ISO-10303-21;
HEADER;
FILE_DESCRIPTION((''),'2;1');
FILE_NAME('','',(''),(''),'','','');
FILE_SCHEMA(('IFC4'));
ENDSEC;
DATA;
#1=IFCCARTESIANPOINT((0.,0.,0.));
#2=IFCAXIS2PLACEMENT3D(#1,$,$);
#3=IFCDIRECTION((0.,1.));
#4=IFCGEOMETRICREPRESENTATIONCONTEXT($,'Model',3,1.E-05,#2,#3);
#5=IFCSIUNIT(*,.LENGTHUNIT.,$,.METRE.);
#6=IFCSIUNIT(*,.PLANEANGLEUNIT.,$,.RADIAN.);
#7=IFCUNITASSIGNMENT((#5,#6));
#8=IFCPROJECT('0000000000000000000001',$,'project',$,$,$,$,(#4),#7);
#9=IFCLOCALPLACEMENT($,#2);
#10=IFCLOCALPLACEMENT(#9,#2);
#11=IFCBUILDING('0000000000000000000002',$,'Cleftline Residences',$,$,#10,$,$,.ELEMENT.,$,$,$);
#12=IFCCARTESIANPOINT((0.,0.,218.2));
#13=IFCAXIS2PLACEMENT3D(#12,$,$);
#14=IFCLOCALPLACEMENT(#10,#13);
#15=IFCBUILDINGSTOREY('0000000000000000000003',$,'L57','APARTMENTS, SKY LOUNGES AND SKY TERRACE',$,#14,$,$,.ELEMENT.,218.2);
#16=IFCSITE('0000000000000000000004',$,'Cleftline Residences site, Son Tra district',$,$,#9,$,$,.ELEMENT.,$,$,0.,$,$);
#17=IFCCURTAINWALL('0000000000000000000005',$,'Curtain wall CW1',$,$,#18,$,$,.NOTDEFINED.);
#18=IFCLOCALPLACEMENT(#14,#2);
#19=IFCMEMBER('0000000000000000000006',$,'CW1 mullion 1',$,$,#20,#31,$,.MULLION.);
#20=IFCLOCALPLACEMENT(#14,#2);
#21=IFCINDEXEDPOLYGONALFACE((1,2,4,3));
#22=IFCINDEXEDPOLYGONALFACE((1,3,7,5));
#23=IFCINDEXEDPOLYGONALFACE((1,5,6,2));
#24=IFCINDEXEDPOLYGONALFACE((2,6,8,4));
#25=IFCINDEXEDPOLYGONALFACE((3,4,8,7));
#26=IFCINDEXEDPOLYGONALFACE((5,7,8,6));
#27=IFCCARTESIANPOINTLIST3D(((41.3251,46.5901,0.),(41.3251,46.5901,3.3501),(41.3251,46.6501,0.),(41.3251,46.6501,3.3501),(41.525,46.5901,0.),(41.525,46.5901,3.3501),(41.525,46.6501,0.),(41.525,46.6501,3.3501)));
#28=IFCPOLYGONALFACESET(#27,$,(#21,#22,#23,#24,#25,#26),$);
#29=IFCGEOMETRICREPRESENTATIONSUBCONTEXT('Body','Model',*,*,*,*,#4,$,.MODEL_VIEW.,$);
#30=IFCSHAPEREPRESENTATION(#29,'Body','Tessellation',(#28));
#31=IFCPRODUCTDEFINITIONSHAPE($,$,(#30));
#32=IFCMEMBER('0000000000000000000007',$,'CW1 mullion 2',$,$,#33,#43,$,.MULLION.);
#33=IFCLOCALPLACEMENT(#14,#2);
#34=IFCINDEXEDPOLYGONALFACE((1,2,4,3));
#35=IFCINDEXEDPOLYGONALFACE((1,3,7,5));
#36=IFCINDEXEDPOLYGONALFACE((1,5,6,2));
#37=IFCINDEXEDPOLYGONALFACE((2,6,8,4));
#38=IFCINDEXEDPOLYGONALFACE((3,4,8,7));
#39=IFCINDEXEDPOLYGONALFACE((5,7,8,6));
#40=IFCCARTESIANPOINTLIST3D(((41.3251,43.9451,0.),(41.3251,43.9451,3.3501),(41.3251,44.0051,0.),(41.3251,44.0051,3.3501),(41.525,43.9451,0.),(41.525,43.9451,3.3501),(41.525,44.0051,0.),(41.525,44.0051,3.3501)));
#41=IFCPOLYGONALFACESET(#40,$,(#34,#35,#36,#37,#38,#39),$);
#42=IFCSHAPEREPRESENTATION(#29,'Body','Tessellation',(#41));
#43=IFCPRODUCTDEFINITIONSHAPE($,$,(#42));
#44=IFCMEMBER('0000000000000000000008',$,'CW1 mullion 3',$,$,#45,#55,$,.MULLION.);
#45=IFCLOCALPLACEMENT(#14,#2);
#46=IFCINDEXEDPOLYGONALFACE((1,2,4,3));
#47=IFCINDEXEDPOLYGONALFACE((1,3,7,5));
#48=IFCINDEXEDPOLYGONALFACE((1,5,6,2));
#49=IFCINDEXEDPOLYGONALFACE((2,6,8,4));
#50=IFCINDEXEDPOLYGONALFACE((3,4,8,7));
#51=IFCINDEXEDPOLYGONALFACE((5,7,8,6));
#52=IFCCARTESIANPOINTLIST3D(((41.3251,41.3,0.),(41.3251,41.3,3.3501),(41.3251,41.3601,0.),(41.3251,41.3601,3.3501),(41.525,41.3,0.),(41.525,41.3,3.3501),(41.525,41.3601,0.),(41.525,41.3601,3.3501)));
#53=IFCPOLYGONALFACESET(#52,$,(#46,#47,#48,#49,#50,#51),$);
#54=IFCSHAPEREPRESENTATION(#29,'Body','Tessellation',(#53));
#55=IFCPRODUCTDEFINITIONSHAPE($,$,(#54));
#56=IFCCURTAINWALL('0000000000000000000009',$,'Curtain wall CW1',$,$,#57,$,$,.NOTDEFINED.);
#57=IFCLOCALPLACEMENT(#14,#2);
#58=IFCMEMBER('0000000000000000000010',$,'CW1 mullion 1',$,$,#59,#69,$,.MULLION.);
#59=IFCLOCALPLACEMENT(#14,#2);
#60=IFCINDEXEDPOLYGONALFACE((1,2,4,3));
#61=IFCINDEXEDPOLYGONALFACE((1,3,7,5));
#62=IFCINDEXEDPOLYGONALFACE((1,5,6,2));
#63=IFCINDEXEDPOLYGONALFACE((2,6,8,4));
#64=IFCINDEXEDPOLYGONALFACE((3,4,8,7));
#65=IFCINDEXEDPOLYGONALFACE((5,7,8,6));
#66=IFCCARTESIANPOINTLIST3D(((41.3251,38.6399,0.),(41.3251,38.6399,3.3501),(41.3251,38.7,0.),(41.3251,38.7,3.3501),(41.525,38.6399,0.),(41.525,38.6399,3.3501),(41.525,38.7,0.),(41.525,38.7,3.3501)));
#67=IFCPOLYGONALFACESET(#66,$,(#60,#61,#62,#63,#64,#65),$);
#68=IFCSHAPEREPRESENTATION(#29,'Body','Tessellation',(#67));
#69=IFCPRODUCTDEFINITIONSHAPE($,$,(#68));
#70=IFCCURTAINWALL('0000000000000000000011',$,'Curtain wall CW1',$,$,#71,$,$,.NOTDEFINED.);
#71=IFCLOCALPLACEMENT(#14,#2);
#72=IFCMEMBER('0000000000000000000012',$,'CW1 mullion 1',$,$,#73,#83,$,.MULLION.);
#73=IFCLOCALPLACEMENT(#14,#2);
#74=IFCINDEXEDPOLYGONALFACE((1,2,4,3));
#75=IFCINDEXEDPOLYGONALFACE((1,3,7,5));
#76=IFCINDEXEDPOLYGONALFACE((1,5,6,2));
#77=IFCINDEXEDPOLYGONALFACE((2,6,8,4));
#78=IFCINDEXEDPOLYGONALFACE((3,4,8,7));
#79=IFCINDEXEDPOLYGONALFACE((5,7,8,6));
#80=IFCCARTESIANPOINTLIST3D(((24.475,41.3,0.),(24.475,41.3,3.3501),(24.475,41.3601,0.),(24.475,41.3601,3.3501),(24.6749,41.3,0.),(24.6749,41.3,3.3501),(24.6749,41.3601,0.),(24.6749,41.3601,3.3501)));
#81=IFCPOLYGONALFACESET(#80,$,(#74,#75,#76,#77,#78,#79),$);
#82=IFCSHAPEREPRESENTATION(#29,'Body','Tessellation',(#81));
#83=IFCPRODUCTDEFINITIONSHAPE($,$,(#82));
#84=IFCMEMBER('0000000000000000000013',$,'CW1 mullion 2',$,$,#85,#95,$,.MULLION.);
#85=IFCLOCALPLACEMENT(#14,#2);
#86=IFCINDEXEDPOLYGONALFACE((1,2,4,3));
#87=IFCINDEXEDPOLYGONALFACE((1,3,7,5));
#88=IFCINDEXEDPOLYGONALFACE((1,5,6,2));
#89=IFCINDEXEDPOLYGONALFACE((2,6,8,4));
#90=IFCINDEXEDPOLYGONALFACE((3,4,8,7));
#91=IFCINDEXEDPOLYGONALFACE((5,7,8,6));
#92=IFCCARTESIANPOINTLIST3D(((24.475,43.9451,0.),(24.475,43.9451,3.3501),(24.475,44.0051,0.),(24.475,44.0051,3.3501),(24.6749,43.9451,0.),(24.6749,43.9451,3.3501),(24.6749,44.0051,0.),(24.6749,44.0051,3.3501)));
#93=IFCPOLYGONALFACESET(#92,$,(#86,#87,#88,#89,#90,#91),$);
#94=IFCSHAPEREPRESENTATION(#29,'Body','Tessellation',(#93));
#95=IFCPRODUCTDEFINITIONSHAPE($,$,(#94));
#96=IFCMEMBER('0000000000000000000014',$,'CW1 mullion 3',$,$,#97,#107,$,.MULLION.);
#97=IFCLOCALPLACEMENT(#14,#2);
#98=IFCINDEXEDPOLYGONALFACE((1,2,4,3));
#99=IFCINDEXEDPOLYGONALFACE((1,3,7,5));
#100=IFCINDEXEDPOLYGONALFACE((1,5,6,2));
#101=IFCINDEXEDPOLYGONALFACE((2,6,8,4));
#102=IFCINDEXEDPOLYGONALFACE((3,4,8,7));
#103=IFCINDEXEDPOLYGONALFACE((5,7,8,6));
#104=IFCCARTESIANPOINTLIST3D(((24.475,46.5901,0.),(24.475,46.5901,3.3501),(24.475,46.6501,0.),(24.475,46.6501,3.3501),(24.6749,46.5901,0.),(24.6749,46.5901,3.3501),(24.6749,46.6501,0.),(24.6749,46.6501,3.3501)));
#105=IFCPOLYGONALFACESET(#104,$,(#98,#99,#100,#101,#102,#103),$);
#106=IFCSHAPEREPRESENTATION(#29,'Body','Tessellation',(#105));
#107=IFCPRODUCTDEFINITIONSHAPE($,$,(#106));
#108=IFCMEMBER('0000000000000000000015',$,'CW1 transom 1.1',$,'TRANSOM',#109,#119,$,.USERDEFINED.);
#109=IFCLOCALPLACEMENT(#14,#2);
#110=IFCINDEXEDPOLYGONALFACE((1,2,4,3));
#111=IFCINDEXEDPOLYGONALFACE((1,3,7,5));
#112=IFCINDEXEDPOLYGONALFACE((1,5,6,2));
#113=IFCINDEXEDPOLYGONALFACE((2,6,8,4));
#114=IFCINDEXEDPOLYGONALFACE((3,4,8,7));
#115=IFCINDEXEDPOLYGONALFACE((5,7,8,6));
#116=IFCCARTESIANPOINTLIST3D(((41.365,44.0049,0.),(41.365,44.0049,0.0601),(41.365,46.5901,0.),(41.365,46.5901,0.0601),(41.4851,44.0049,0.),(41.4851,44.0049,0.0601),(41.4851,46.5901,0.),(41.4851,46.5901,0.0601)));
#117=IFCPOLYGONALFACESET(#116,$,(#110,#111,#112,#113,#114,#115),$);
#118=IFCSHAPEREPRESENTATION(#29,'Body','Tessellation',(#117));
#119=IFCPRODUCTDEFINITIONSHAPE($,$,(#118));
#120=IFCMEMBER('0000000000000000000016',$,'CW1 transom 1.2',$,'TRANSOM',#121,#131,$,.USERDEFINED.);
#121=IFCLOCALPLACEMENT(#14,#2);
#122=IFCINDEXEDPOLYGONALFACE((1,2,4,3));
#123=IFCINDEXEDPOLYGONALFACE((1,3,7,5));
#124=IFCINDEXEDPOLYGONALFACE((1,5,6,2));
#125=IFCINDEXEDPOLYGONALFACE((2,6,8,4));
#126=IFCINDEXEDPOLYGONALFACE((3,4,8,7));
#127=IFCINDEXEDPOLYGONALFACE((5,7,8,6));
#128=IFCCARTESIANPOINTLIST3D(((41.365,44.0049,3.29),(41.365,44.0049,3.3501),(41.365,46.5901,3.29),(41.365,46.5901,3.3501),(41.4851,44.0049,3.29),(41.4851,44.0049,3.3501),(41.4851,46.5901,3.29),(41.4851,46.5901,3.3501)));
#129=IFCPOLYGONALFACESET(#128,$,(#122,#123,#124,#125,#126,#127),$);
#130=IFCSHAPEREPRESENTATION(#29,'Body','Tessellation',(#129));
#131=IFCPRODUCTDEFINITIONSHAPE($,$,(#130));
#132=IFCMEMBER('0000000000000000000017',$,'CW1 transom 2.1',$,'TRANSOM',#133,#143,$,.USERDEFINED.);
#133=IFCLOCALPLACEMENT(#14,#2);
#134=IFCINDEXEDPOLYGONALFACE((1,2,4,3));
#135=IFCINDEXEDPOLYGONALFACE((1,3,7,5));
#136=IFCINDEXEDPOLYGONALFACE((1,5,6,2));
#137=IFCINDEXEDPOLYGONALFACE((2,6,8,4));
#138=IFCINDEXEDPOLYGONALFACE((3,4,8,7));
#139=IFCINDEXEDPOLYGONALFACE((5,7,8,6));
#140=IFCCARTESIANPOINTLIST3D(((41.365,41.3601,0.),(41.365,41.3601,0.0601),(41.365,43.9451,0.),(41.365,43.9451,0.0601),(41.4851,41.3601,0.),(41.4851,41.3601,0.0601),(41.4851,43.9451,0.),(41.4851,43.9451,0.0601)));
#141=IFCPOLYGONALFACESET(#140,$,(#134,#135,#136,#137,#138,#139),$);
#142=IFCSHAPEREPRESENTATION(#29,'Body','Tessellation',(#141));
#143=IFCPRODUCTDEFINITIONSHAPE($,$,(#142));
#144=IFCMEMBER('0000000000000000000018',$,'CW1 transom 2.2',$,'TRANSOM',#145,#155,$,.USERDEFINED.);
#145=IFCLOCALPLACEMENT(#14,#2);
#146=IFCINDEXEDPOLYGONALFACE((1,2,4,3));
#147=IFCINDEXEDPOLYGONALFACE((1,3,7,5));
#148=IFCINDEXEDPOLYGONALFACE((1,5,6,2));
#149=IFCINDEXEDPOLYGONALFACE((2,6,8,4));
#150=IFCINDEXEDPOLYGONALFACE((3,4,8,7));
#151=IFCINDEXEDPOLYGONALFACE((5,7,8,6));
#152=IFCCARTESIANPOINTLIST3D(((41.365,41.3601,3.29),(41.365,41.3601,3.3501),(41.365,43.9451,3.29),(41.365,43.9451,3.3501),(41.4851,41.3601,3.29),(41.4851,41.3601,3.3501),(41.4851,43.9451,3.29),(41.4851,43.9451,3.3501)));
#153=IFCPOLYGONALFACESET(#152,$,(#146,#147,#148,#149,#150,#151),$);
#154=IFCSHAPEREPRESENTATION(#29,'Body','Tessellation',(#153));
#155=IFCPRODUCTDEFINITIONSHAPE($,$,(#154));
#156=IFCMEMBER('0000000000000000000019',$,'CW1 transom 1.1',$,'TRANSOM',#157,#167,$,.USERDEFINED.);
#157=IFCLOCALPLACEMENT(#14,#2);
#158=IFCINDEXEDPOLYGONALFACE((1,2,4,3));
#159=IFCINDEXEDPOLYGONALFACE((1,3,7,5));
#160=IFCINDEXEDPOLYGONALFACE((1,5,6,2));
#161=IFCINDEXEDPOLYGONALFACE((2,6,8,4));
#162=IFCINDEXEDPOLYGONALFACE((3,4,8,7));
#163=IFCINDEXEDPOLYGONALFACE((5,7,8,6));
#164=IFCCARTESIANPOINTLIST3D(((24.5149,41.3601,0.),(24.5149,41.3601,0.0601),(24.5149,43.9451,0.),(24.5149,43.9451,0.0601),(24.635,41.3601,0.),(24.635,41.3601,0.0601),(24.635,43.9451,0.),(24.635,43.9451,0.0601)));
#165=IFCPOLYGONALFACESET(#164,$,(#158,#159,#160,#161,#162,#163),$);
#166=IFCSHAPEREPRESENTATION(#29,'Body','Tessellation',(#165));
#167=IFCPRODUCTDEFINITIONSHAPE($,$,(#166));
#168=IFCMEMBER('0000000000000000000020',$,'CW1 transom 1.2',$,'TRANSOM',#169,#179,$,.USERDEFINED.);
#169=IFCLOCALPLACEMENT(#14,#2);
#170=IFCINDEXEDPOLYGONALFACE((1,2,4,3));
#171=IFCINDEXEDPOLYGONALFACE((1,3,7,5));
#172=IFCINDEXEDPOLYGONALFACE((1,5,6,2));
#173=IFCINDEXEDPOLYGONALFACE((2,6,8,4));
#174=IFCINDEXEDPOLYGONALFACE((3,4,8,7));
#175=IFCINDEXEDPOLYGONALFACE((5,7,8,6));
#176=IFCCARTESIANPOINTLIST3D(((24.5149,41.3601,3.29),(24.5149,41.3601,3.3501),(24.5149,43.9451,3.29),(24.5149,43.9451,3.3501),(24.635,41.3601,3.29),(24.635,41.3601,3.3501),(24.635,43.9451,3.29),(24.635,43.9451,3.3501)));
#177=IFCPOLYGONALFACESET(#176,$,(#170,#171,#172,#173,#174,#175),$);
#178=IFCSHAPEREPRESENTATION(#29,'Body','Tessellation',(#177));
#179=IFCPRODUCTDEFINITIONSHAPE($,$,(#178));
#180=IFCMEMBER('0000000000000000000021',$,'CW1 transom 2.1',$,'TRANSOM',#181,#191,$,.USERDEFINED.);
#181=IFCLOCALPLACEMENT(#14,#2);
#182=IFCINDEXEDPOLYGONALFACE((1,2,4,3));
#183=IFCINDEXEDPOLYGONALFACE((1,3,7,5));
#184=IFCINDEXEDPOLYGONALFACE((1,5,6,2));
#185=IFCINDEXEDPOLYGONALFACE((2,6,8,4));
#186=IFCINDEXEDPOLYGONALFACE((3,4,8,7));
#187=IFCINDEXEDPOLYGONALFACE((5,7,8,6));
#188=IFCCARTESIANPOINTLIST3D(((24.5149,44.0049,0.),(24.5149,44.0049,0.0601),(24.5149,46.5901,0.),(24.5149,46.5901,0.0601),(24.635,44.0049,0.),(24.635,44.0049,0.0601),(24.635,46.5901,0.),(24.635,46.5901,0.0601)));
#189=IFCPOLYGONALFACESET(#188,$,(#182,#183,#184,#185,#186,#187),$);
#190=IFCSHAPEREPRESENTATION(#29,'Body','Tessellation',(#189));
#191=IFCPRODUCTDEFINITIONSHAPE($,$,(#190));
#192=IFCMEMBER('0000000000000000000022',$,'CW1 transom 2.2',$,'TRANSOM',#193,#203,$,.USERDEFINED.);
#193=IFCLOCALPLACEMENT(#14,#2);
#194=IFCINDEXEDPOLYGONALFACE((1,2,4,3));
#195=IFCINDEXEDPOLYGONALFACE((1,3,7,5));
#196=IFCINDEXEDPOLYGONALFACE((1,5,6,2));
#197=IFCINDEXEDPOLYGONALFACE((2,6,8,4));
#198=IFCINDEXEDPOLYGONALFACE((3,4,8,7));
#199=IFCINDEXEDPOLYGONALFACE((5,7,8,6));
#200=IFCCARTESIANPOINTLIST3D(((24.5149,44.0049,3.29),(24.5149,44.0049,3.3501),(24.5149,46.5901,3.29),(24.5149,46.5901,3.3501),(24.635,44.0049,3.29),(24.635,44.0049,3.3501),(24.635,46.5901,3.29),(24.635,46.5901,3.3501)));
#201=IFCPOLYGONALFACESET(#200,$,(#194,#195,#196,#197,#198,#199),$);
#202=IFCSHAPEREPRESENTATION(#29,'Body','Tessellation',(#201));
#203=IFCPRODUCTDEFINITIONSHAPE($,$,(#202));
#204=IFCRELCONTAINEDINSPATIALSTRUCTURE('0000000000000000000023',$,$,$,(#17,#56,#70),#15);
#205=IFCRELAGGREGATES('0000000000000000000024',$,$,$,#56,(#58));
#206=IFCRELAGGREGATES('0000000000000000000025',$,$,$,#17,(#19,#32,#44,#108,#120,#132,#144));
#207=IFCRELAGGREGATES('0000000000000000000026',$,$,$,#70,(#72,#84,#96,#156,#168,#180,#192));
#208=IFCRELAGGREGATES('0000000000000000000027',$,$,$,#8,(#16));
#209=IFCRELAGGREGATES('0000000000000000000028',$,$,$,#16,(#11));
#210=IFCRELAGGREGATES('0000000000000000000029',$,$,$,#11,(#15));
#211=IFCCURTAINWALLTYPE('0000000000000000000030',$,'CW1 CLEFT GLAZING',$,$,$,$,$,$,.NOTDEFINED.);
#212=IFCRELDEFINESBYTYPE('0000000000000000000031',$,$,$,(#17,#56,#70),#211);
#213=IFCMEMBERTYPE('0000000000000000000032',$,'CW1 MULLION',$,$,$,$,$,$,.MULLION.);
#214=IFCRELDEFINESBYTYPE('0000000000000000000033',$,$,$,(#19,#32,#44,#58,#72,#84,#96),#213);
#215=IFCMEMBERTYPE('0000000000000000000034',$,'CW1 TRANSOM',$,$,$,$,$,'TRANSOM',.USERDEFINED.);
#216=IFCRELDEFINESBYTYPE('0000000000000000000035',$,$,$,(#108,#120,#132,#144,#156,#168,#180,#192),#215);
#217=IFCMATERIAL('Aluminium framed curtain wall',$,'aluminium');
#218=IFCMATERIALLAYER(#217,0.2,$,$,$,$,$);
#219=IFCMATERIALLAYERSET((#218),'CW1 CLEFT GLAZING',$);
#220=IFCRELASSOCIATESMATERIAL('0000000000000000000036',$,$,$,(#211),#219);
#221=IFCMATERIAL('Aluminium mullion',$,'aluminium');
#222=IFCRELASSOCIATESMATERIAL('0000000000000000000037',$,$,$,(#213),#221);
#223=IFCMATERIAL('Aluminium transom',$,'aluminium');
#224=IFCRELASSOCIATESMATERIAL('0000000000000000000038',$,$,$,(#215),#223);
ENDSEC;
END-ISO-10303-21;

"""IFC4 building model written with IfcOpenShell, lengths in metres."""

from ifc_helpers import new_model, si_unit, direction, frame, origin, origin_2d, place, context, subcontext, project, spatial, rectangle, extrude, material, layer, layer_set, material_profile, profile_set, type_object, element, aggregate, save


model = new_model("IFC4")

# Units and contexts
model_context = context("Model", 3, precision=1e-05, world=origin(), true_north=direction((0.0, 1.0)))
body_context = subcontext(model_context, "Body", "Model", "MODEL_VIEW")
ifc_project = project(units=[si_unit("LENGTHUNIT", "METRE"), si_unit("PLANEANGLEUNIT", "RADIAN")], contexts=[model_context])

# Site, building, storey
site_placement = place(None, origin())
site = spatial("IfcSite", under=ifc_project, at=site_placement, Name="Cleftline Residences site, Son Tra district", CompositionType="ELEMENT", RefElevation=0.0)
building_placement = place(site_placement, origin())
building = spatial("IfcBuilding", under=site, at=building_placement, Name="Cleftline Residences", CompositionType="ELEMENT")
storey_placement = place(building_placement, frame((0.0, 0.0, 218.2)))
storey = spatial("IfcBuildingStorey", under=building, at=storey_placement, Name="L57", Description="APARTMENTS, SKY LOUNGES AND SKY TERRACE", CompositionType="ELEMENT", Elevation=218.2)

# Curtain wall, members
ifc_material_1 = material(Name="Aluminium framed curtain wall", Category="aluminium")
ifc_layer_1 = layer(ifc_material_1, 0.2)
ifc_layer_set_1 = layer_set([ifc_layer_1], Name="CW1 CLEFT GLAZING")
curtain_wall_type = type_object("IfcCurtainWallType", Name="CW1 CLEFT GLAZING", PredefinedType="NOTDEFINED", material=ifc_layer_set_1)
curtain_wall_1_placement = place(storey_placement, origin())
curtain_wall_1 = element("IfcCurtainWall", 1, at=curtain_wall_1_placement, inside=storey, type_object=curtain_wall_type, Name="Curtain wall CW1", PredefinedType="NOTDEFINED")
ifc_material_2 = material(Name="Aluminium mullion", Category="aluminium")
ifc_material_profile_1 = material_profile(ifc_material_2, rectangle(XDim=0.2, YDim=0.0601, at=origin_2d()))
ifc_profile_set_1 = profile_set([ifc_material_profile_1], Name="Aluminium mullion")
member_type_1 = type_object("IfcMemberType", Name="CW1 MULLION", PredefinedType="MULLION", material=ifc_profile_set_1)
member_1_placement = place(storey_placement, frame((41.425, 46.6201, 0.0), z_axis=(0.0, 0.0, 1.0), x_axis=(1.0, 0.0, 0.0)))
member_1 = element("IfcMember", 2, at=member_1_placement, type_object=member_type_1, Name="CW1 mullion 1", PredefinedType="MULLION", context=body_context, shape_type="SweptSolid", body=[
    extrude(rectangle(XDim=0.2, YDim=0.0601, at=origin_2d()), origin(), (0.0, 0.0, 1.0), 3.3501),
])
member_2_placement = place(storey_placement, frame((41.425, 43.9751, 0.0), z_axis=(0.0, 0.0, 1.0), x_axis=(1.0, 0.0, 0.0)))
member_2 = element("IfcMember", 3, at=member_2_placement, type_object=member_type_1, Name="CW1 mullion 2", PredefinedType="MULLION", context=body_context, shape_type="SweptSolid", body=[
    extrude(rectangle(XDim=0.2, YDim=0.0601, at=origin_2d()), origin(), (0.0, 0.0, 1.0), 3.3501),
])
member_3_placement = place(storey_placement, frame((41.425, 41.3301, 0.0), z_axis=(0.0, 0.0, 1.0), x_axis=(1.0, 0.0, 0.0)))
member_3 = element("IfcMember", 4, at=member_3_placement, type_object=member_type_1, Name="CW1 mullion 3", PredefinedType="MULLION", context=body_context, shape_type="SweptSolid", body=[
    extrude(rectangle(XDim=0.2, YDim=0.0601, at=origin_2d()), origin(), (0.0, 0.0, 1.0), 3.3501),
])

# Curtain wall, member
curtain_wall_2_placement = place(storey_placement, origin())
curtain_wall_2 = element("IfcCurtainWall", 5, at=curtain_wall_2_placement, inside=storey, type_object=curtain_wall_type, Name="Curtain wall CW1", PredefinedType="NOTDEFINED")
member_4_placement = place(storey_placement, frame((41.425, 38.6699, 0.0), z_axis=(0.0, 0.0, 1.0), x_axis=(1.0, 0.0, 0.0)))
member_4 = element("IfcMember", 6, at=member_4_placement, type_object=member_type_1, Name="CW1 mullion 1", PredefinedType="MULLION", context=body_context, shape_type="SweptSolid", body=[
    extrude(rectangle(XDim=0.2, YDim=0.0601, at=origin_2d()), origin(), (0.0, 0.0, 1.0), 3.3501),
])
aggregate(curtain_wall_2, [member_4])

# Curtain wall, members
curtain_wall_3_placement = place(storey_placement, origin())
curtain_wall_3 = element("IfcCurtainWall", 7, at=curtain_wall_3_placement, inside=storey, type_object=curtain_wall_type, Name="Curtain wall CW1", PredefinedType="NOTDEFINED")
member_5_placement = place(storey_placement, frame((24.575, 41.3301, 0.0), z_axis=(0.0, 0.0, 1.0), x_axis=(-1.0, 0.0, 0.0)))
member_5 = element("IfcMember", 8, at=member_5_placement, type_object=member_type_1, Name="CW1 mullion 1", PredefinedType="MULLION", context=body_context, shape_type="SweptSolid", body=[
    extrude(rectangle(XDim=0.2, YDim=0.0601, at=origin_2d()), origin(), (0.0, 0.0, 1.0), 3.3501),
])
member_6_placement = place(storey_placement, frame((24.575, 43.9751, 0.0), z_axis=(0.0, 0.0, 1.0), x_axis=(-1.0, 0.0, 0.0)))
member_6 = element("IfcMember", 9, at=member_6_placement, type_object=member_type_1, Name="CW1 mullion 2", PredefinedType="MULLION", context=body_context, shape_type="SweptSolid", body=[
    extrude(rectangle(XDim=0.2, YDim=0.0601, at=origin_2d()), origin(), (0.0, 0.0, 1.0), 3.3501),
])
member_7_placement = place(storey_placement, frame((24.575, 46.6201, 0.0), z_axis=(0.0, 0.0, 1.0), x_axis=(-1.0, 0.0, 0.0)))
member_7 = element("IfcMember", 10, at=member_7_placement, type_object=member_type_1, Name="CW1 mullion 3", PredefinedType="MULLION", context=body_context, shape_type="SweptSolid", body=[
    extrude(rectangle(XDim=0.2, YDim=0.0601, at=origin_2d()), origin(), (0.0, 0.0, 1.0), 3.3501),
])

# Members
ifc_material_3 = material(Name="Aluminium transom", Category="aluminium")
ifc_material_profile_2 = material_profile(ifc_material_3, rectangle(XDim=0.1201, YDim=0.0601, at=origin_2d()))
ifc_profile_set_2 = profile_set([ifc_material_profile_2], Name="Aluminium transom")
member_type_2 = type_object("IfcMemberType", Name="CW1 TRANSOM", ElementType="TRANSOM", PredefinedType="USERDEFINED", material=ifc_profile_set_2)
member_8_placement = place(storey_placement, frame((41.425, 46.5901, 0.03), z_axis=(0.0, -1.0, 0.0), x_axis=(1.0, 0.0, 0.0)))
member_8 = element("IfcMember", 11, at=member_8_placement, type_object=member_type_2, Name="CW1 transom 1.1", ObjectType="TRANSOM", PredefinedType="USERDEFINED", context=body_context, shape_type="SweptSolid", body=[
    extrude(rectangle(XDim=0.1201, YDim=0.0601, at=origin_2d()), origin(), (0.0, 0.0, 1.0), 2.5852),
])
member_9_placement = place(storey_placement, frame((41.425, 46.5901, 3.3201), z_axis=(0.0, -1.0, 0.0), x_axis=(1.0, 0.0, 0.0)))
member_9 = element("IfcMember", 12, at=member_9_placement, type_object=member_type_2, Name="CW1 transom 1.2", ObjectType="TRANSOM", PredefinedType="USERDEFINED", context=body_context, shape_type="SweptSolid", body=[
    extrude(rectangle(XDim=0.1201, YDim=0.0601, at=origin_2d()), origin(), (0.0, 0.0, 1.0), 2.5852),
])
member_10_placement = place(storey_placement, frame((41.425, 43.9451, 0.03), z_axis=(0.0, -1.0, 0.0), x_axis=(1.0, 0.0, 0.0)))
member_10 = element("IfcMember", 13, at=member_10_placement, type_object=member_type_2, Name="CW1 transom 2.1", ObjectType="TRANSOM", PredefinedType="USERDEFINED", context=body_context, shape_type="SweptSolid", body=[
    extrude(rectangle(XDim=0.1201, YDim=0.0601, at=origin_2d()), origin(), (0.0, 0.0, 1.0), 2.585),
])
member_11_placement = place(storey_placement, frame((41.425, 43.9451, 3.3201), z_axis=(0.0, -1.0, 0.0), x_axis=(1.0, 0.0, 0.0)))
member_11 = element("IfcMember", 14, at=member_11_placement, type_object=member_type_2, Name="CW1 transom 2.2", ObjectType="TRANSOM", PredefinedType="USERDEFINED", context=body_context, shape_type="SweptSolid", body=[
    extrude(rectangle(XDim=0.1201, YDim=0.0601, at=origin_2d()), origin(), (0.0, 0.0, 1.0), 2.585),
])
member_12_placement = place(storey_placement, frame((24.575, 41.3601, 0.03), z_axis=(0.0, 1.0, 0.0), x_axis=(-1.0, 0.0, 0.0)))
member_12 = element("IfcMember", 15, at=member_12_placement, type_object=member_type_2, Name="CW1 transom 1.1", ObjectType="TRANSOM", PredefinedType="USERDEFINED", context=body_context, shape_type="SweptSolid", body=[
    extrude(rectangle(XDim=0.1201, YDim=0.0601, at=origin_2d()), origin(), (0.0, 0.0, 1.0), 2.585),
])
member_13_placement = place(storey_placement, frame((24.575, 41.3601, 3.3201), z_axis=(0.0, 1.0, 0.0), x_axis=(-1.0, 0.0, 0.0)))
member_13 = element("IfcMember", 16, at=member_13_placement, type_object=member_type_2, Name="CW1 transom 1.2", ObjectType="TRANSOM", PredefinedType="USERDEFINED", context=body_context, shape_type="SweptSolid", body=[
    extrude(rectangle(XDim=0.1201, YDim=0.0601, at=origin_2d()), origin(), (0.0, 0.0, 1.0), 2.585),
])
member_14_placement = place(storey_placement, frame((24.575, 44.0049, 0.03), z_axis=(0.0, 1.0, 0.0), x_axis=(-1.0, 0.0, 0.0)))
member_14 = element("IfcMember", 17, at=member_14_placement, type_object=member_type_2, Name="CW1 transom 2.1", ObjectType="TRANSOM", PredefinedType="USERDEFINED", context=body_context, shape_type="SweptSolid", body=[
    extrude(rectangle(XDim=0.1201, YDim=0.0601, at=origin_2d()), origin(), (0.0, 0.0, 1.0), 2.5852),
])
member_15_placement = place(storey_placement, frame((24.575, 44.0049, 3.3201), z_axis=(0.0, 1.0, 0.0), x_axis=(-1.0, 0.0, 0.0)))
member_15 = element("IfcMember", 18, at=member_15_placement, type_object=member_type_2, Name="CW1 transom 2.2", ObjectType="TRANSOM", PredefinedType="USERDEFINED", context=body_context, shape_type="SweptSolid", body=[
    extrude(rectangle(XDim=0.1201, YDim=0.0601, at=origin_2d()), origin(), (0.0, 0.0, 1.0), 2.5852),
])

aggregate(curtain_wall_1, [member_1, member_2, member_3, member_8, member_9, member_10, member_11])
aggregate(curtain_wall_3, [member_5, member_6, member_7, member_12, member_13, member_14, member_15])

save(model, "model.ifc")
